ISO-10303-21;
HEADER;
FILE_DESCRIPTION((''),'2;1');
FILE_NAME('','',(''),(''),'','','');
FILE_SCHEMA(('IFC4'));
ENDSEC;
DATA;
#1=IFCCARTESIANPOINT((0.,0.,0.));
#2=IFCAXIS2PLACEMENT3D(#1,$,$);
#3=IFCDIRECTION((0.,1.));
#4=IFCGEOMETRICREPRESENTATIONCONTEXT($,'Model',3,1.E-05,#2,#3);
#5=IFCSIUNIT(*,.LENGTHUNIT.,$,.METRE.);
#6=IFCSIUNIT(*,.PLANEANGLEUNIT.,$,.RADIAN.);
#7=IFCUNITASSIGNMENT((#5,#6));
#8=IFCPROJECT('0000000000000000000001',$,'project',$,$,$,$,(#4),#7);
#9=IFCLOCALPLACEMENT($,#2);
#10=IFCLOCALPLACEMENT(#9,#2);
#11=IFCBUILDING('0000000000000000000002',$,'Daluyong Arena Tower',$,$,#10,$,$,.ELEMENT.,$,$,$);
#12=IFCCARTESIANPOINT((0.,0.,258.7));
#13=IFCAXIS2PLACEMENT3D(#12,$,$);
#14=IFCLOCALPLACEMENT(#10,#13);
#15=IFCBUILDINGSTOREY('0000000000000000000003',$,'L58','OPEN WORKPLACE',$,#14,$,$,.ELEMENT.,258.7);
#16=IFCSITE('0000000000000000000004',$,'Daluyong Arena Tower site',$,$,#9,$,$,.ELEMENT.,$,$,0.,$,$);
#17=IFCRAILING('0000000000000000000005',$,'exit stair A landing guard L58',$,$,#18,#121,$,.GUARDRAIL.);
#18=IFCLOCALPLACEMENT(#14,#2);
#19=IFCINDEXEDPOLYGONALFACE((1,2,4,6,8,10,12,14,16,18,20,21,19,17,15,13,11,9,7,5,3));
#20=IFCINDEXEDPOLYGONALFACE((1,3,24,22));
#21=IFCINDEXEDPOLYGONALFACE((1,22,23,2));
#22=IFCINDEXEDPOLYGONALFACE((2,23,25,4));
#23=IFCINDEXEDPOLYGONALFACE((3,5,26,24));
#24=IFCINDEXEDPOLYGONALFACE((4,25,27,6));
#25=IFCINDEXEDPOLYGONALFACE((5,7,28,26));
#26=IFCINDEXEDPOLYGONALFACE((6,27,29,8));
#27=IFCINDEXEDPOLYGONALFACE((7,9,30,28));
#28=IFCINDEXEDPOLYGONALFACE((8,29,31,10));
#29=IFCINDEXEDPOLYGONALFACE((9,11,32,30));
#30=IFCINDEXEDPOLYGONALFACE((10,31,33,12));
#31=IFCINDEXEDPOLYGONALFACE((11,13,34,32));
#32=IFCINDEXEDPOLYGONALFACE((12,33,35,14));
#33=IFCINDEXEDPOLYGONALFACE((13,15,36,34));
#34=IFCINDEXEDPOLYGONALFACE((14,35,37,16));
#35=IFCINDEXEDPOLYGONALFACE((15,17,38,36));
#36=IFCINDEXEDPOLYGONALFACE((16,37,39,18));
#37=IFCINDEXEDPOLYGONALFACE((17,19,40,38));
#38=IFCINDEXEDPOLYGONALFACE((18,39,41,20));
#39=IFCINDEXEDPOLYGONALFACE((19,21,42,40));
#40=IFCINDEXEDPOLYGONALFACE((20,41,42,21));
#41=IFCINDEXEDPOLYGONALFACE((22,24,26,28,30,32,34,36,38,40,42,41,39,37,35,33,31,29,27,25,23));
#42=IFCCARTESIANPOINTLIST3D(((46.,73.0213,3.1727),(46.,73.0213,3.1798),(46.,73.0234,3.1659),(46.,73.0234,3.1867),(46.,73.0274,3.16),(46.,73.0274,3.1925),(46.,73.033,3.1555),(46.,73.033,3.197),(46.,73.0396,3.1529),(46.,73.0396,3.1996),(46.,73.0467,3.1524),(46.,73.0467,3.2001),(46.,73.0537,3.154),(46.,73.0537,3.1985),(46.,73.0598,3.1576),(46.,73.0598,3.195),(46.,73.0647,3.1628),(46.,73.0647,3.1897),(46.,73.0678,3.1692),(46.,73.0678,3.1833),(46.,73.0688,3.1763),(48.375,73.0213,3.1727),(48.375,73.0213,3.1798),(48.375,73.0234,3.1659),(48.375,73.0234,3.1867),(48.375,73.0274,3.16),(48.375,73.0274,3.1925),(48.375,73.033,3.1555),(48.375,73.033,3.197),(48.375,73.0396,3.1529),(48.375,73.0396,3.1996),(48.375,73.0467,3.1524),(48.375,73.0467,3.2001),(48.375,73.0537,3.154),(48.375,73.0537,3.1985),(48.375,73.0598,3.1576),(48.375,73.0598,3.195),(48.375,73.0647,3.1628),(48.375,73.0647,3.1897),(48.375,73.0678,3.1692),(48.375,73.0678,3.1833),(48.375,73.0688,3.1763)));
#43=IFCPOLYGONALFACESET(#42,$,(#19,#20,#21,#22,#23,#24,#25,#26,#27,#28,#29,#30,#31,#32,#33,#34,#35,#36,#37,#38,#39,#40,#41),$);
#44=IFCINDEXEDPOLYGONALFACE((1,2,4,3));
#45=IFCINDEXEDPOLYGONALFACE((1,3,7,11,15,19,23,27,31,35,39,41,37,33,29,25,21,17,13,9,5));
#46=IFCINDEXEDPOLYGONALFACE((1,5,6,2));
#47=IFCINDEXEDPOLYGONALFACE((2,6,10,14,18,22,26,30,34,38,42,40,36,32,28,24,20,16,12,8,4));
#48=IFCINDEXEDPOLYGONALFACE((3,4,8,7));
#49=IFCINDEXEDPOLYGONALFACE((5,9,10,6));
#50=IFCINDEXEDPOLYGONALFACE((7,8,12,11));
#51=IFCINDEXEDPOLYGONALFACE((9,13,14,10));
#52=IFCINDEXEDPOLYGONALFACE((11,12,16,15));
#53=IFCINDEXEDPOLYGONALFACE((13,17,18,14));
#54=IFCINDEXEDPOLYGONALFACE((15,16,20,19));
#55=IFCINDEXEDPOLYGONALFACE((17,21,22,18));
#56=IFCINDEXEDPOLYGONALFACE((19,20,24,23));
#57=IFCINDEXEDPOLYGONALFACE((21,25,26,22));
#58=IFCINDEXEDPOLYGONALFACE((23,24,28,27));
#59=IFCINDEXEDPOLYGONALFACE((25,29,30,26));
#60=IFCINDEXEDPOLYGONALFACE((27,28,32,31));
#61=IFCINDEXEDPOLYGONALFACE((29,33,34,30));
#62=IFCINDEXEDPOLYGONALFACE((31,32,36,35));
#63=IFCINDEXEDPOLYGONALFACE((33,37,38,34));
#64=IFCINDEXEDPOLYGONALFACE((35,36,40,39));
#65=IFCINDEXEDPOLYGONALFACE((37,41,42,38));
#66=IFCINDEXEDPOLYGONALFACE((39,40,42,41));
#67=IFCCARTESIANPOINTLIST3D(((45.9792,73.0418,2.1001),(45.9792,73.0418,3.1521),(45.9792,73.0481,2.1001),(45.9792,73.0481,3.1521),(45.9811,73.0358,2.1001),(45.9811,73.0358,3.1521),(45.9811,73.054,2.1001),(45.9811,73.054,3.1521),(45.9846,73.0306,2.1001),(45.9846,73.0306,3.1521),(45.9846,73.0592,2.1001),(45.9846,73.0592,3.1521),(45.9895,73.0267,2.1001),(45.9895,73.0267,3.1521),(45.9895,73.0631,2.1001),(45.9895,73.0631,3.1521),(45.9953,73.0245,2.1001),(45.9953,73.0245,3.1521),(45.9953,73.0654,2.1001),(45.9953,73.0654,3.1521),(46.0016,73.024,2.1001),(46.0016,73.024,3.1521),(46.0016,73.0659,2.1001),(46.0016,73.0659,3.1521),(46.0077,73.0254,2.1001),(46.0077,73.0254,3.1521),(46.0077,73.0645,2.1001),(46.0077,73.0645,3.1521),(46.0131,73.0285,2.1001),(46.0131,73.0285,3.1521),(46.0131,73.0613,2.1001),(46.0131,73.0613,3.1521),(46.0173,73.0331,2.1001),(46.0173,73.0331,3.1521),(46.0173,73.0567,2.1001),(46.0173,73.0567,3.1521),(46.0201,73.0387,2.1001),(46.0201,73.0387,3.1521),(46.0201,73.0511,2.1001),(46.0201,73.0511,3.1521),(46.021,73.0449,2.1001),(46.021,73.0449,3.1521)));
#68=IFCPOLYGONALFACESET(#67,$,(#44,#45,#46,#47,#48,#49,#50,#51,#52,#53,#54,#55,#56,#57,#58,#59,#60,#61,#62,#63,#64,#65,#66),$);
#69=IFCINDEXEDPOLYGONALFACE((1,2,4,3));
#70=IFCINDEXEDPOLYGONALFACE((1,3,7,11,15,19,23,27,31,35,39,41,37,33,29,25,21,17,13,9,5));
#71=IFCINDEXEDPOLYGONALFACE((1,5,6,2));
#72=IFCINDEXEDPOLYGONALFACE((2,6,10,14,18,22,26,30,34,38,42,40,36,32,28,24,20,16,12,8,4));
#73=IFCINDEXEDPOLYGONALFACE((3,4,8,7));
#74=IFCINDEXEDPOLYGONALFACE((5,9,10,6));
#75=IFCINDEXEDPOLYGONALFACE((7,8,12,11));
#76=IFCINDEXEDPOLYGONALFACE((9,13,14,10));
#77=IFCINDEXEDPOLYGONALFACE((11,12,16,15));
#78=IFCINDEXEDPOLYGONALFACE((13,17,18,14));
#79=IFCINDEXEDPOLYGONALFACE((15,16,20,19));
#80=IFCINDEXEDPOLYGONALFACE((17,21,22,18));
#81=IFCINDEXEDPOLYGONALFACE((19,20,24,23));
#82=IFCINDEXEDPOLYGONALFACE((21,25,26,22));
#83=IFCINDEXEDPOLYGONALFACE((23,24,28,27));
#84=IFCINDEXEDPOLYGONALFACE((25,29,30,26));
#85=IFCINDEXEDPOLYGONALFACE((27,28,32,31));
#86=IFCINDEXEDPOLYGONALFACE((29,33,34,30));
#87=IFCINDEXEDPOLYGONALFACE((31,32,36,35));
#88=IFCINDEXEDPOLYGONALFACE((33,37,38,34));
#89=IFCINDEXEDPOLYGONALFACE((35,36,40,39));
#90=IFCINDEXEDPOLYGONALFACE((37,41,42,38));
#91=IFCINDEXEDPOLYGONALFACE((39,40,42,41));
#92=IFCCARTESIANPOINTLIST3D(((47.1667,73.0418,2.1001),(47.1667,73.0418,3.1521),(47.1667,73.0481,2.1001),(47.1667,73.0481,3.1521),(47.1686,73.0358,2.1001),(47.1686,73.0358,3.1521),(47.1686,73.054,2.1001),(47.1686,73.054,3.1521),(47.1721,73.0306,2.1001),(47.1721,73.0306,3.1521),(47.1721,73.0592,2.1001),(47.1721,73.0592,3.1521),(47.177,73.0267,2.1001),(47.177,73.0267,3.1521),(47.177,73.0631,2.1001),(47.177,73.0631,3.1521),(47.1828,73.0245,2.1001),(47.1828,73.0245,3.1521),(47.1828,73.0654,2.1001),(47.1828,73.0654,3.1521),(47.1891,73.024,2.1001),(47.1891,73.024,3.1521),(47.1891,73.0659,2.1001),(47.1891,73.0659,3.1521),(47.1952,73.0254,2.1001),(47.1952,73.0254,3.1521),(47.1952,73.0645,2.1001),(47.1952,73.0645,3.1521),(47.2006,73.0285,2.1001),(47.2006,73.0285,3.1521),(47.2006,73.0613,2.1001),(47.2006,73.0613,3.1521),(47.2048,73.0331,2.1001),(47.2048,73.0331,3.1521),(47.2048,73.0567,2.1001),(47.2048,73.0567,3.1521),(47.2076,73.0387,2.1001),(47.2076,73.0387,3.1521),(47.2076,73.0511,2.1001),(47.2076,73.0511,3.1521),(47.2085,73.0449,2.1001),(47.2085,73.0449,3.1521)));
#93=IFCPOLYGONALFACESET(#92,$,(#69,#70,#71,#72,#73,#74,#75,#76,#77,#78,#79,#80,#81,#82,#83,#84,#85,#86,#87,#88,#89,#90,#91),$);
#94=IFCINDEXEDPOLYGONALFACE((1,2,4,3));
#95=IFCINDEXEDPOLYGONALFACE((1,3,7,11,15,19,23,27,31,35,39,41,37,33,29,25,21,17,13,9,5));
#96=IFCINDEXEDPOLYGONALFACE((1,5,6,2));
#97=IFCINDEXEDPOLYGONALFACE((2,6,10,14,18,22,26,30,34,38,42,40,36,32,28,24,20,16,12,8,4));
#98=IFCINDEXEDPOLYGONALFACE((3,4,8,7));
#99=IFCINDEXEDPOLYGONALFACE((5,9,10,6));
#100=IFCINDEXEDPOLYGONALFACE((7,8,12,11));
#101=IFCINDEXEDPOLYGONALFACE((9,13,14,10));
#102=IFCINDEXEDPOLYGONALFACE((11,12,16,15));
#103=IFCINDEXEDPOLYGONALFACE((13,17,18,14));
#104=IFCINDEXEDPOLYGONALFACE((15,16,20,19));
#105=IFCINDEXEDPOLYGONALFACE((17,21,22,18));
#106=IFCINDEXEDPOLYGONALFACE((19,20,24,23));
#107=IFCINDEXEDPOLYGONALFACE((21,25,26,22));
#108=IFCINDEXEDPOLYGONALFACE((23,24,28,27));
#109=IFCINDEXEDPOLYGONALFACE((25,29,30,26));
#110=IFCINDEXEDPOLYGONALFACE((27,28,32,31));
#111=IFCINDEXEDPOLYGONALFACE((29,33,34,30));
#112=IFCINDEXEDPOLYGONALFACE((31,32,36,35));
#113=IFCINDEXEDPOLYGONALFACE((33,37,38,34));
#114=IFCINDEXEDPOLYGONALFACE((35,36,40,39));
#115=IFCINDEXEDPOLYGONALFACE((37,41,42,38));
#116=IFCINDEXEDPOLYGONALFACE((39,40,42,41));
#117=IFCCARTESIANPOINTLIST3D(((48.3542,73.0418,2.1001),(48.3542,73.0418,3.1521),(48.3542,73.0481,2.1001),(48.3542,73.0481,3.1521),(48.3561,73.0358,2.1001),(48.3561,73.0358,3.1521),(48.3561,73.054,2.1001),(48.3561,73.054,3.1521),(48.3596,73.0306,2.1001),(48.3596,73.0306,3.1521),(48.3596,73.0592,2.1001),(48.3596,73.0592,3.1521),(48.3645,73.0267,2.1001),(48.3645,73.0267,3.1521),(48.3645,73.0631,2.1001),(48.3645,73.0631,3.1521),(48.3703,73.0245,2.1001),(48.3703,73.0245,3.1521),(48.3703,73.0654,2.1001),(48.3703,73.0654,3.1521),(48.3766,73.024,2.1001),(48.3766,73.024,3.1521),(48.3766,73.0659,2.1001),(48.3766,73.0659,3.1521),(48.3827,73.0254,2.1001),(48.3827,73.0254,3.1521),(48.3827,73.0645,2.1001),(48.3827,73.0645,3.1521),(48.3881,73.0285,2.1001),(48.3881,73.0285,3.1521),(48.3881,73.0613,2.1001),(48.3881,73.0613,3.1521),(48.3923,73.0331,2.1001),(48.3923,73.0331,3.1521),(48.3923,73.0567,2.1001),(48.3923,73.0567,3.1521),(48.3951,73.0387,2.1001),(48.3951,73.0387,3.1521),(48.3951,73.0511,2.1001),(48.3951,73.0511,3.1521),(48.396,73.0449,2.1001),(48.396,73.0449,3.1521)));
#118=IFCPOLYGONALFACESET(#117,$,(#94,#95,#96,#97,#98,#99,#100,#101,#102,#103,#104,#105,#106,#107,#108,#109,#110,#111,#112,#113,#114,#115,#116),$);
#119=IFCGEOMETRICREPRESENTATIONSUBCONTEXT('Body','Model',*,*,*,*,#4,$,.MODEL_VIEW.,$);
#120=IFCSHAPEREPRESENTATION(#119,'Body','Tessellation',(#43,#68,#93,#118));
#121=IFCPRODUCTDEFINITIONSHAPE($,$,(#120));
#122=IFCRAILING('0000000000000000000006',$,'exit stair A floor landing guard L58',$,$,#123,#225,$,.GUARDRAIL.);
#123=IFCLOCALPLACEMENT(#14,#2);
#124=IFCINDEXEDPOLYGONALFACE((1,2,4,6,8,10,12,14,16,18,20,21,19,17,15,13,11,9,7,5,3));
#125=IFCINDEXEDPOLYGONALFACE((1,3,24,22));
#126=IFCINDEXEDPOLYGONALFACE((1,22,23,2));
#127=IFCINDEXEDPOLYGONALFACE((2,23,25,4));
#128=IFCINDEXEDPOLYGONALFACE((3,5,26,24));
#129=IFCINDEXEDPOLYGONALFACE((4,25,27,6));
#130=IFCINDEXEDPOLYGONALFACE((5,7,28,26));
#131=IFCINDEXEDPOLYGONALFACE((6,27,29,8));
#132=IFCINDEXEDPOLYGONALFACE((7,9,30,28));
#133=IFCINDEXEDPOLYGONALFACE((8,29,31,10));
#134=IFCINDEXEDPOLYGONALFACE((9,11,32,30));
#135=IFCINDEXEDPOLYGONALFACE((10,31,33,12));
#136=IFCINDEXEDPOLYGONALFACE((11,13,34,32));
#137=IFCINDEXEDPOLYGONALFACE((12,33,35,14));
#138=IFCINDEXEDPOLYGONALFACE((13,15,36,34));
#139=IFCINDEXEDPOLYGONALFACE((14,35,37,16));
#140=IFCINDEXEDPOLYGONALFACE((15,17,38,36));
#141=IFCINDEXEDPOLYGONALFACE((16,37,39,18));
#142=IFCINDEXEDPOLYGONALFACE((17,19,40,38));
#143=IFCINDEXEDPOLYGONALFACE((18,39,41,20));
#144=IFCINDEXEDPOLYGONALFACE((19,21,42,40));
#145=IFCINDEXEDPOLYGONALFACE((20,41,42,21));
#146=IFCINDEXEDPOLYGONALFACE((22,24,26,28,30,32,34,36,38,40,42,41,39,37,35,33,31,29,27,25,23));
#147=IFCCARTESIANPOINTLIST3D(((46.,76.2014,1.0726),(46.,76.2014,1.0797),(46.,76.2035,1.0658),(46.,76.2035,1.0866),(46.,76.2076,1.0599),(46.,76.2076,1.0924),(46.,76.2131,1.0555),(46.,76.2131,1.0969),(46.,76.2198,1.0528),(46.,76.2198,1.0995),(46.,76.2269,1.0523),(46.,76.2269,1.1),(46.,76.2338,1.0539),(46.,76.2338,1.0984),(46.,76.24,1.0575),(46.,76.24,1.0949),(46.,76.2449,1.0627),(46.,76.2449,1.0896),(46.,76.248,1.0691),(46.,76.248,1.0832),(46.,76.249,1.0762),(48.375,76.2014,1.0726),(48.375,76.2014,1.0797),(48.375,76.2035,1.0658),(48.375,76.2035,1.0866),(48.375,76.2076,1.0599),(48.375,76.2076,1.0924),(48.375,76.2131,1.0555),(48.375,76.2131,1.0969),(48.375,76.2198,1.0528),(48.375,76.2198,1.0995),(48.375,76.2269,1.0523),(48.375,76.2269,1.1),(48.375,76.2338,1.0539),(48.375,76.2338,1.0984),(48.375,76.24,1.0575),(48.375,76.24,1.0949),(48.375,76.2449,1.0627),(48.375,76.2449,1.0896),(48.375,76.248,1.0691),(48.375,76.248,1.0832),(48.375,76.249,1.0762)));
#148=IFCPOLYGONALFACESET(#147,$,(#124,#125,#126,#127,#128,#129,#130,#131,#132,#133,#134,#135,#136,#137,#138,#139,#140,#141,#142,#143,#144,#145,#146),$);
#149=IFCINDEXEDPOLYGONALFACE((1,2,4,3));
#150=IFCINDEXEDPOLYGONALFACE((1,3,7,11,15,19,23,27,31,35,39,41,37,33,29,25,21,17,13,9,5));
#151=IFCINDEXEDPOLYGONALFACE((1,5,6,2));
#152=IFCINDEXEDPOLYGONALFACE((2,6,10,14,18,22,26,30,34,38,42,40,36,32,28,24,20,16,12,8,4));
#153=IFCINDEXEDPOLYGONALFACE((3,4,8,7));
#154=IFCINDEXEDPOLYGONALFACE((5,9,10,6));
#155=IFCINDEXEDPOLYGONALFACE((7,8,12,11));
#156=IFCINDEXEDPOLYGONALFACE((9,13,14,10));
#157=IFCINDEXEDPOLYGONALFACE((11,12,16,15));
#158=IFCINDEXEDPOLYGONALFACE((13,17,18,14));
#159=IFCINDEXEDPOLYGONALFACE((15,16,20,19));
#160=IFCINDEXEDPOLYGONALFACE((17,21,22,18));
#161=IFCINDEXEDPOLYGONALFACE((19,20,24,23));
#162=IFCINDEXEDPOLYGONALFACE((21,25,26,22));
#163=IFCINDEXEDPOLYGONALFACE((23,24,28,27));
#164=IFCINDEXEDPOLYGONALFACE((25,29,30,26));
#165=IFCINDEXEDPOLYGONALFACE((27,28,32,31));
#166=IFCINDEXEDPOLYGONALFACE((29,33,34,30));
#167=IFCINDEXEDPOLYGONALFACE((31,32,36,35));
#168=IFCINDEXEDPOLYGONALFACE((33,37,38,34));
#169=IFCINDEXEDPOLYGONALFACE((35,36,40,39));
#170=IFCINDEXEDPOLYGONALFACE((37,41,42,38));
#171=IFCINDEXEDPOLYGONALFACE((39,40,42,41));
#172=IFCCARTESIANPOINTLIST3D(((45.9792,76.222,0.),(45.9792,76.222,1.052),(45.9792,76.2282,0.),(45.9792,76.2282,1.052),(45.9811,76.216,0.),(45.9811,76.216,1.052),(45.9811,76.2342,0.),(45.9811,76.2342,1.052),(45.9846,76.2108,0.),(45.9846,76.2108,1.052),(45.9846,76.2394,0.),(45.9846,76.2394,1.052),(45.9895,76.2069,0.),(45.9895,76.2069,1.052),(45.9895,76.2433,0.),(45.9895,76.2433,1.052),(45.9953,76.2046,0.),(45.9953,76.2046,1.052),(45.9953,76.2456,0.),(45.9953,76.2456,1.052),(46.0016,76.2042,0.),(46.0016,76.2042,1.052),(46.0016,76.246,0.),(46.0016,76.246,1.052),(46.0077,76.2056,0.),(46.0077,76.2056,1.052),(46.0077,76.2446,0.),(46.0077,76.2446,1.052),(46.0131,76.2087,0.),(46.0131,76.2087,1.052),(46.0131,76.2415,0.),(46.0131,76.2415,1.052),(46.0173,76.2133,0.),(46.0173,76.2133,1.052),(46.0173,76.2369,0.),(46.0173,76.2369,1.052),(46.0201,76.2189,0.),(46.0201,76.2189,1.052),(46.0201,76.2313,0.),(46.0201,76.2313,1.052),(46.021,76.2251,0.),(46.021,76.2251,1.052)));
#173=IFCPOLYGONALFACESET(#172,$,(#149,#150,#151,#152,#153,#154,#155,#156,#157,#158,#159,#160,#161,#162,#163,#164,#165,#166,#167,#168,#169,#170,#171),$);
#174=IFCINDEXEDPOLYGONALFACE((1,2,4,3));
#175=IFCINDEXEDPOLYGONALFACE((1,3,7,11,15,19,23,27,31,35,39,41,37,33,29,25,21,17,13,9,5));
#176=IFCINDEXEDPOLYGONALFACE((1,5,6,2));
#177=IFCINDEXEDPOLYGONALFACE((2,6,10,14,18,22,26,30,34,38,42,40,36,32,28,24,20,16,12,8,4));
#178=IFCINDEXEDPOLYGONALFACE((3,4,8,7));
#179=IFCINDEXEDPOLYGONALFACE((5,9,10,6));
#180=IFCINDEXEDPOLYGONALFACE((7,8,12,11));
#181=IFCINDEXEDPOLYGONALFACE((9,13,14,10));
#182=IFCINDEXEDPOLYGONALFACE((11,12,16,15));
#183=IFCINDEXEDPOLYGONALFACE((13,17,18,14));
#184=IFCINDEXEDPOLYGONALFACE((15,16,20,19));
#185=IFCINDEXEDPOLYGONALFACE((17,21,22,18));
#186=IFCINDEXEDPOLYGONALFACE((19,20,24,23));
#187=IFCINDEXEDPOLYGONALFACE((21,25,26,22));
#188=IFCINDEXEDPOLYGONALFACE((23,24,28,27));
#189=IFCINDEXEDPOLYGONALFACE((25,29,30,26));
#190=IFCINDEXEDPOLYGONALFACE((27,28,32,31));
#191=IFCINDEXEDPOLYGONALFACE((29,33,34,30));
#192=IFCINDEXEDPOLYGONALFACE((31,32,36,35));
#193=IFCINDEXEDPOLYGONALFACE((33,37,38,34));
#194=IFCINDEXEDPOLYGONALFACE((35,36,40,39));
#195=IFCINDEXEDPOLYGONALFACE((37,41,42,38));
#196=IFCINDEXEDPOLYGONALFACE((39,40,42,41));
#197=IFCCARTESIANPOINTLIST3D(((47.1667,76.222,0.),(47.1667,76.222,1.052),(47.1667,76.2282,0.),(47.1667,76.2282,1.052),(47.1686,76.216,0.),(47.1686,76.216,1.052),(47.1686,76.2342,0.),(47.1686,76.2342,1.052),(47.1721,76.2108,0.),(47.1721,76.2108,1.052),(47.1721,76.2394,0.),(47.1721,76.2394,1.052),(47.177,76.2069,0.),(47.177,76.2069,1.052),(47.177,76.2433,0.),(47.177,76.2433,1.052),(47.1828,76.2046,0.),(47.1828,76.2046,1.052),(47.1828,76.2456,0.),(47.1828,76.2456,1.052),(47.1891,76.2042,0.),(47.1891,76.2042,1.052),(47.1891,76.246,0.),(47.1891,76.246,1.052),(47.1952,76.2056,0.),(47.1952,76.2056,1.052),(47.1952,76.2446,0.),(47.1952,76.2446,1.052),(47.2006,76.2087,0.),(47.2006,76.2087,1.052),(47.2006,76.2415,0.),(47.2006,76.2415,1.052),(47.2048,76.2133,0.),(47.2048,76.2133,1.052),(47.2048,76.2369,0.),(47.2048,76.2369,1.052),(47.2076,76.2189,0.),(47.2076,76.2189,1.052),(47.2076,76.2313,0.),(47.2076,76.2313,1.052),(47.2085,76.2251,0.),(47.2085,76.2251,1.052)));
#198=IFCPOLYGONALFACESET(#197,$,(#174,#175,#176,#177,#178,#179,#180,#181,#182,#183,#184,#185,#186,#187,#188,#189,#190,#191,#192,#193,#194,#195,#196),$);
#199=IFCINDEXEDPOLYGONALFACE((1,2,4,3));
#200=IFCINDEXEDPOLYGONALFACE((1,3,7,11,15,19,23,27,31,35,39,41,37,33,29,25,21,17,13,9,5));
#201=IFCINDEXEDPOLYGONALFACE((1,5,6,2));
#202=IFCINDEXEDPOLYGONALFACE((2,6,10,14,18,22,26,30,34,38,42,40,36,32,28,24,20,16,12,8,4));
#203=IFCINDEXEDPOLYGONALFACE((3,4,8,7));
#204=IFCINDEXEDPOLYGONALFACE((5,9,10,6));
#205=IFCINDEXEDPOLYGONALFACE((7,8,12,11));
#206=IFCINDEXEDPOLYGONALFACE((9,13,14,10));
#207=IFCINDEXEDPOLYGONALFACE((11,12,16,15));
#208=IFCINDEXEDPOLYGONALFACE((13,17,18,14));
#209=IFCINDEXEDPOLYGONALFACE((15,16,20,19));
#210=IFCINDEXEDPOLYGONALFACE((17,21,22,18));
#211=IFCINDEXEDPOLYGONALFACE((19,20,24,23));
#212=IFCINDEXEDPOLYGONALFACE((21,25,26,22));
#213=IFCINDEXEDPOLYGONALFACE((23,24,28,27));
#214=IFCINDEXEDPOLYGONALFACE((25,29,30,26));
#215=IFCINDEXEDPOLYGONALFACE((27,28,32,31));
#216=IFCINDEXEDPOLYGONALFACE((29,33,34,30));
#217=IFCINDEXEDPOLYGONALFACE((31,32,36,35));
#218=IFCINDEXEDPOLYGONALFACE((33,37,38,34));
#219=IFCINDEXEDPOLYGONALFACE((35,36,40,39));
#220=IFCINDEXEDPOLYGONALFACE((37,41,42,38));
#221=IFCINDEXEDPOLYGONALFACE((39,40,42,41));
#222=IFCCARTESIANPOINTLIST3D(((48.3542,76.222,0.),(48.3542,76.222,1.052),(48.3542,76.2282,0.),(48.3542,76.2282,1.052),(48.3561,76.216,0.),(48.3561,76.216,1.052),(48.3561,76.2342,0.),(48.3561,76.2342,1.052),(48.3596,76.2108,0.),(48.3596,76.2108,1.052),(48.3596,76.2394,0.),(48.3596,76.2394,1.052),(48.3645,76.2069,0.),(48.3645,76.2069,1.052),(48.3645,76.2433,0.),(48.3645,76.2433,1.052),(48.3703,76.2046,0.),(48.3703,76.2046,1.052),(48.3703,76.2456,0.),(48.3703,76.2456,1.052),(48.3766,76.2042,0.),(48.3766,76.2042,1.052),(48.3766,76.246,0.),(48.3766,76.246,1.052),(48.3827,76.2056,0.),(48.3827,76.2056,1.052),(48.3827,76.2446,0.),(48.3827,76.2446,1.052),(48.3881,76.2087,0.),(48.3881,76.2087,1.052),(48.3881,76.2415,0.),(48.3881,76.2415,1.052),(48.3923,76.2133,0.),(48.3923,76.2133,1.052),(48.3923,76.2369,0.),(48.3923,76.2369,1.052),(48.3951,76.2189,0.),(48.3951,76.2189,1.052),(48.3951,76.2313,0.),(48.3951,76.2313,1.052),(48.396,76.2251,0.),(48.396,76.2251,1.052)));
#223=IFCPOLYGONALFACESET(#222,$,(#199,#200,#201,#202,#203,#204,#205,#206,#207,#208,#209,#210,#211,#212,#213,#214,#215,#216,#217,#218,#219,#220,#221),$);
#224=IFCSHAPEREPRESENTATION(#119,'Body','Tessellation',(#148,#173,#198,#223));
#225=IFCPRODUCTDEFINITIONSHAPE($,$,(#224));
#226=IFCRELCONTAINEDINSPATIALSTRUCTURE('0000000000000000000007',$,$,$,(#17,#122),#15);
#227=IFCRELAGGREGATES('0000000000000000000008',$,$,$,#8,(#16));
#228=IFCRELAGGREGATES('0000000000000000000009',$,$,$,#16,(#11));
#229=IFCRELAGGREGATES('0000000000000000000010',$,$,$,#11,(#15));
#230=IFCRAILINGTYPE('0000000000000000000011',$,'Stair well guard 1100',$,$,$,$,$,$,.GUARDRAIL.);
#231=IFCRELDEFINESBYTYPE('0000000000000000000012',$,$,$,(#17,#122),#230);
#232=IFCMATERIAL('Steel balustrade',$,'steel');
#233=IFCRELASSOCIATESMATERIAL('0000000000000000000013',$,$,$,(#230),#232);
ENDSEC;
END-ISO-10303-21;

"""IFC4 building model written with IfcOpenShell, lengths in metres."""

from ifc_helpers import new_model, si_unit, direction, frame, origin, origin_2d, place, context, subcontext, project, spatial, circle, extrude, material, type_object, element, save


model = new_model("IFC4")

# Units and contexts
model_context = context("Model", 3, precision=1e-05, world=origin(), true_north=direction((0.0, 1.0)))
body_context = subcontext(model_context, "Body", "Model", "MODEL_VIEW")
ifc_project = project(units=[si_unit("LENGTHUNIT", "METRE"), si_unit("PLANEANGLEUNIT", "RADIAN")], contexts=[model_context])

# Site, building, storey
site_placement = place(None, origin())
site = spatial("IfcSite", under=ifc_project, at=site_placement, Name="Daluyong Arena Tower site", CompositionType="ELEMENT", RefElevation=0.0)
building_placement = place(site_placement, origin())
building = spatial("IfcBuilding", under=site, at=building_placement, Name="Daluyong Arena Tower", CompositionType="ELEMENT")
storey_placement = place(building_placement, frame((0.0, 0.0, 258.7)))
storey = spatial("IfcBuildingStorey", under=building, at=storey_placement, Name="L58", Description="OPEN WORKPLACE", CompositionType="ELEMENT", Elevation=258.7)

# Railings
ifc_material_1 = material(Name="Steel balustrade", Category="steel")
railing_type_1 = type_object("IfcRailingType", Name="Stair well guard 1100", PredefinedType="GUARDRAIL", material=ifc_material_1)
for number, where, name in (
    (1, (46.0, 73.0449, 2.1001), "exit stair A landing guard L58"),
    (2, (46.0, 76.2251, 0.0), "exit stair A floor landing guard L58"),
):
    element("IfcRailing", number, at=place(storey_placement, frame(where)), inside=storey, type_object=railing_type_1, Name=name, PredefinedType="GUARDRAIL", context=body_context, shape_type="SweptSolid", body=[
        extrude(circle(Radius=0.0239, at=origin_2d()), frame((0.0, 0.0, 1.0762), z_axis=(1.0, 0.0, 0.0), x_axis=(0.0, 1.0, 0.0)), (0.0, 0.0, 1.0), 2.375),
        extrude(circle(Radius=0.021, at=origin_2d()), origin(), (0.0, 0.0, 1.0), 1.052),
        extrude(circle(Radius=0.021, at=origin_2d()), frame((1.1875, 0.0, 0.0)), (0.0, 0.0, 1.0), 1.052),
        extrude(circle(Radius=0.021, at=origin_2d()), frame((2.375, 0.0, 0.0)), (0.0, 0.0, 1.0), 1.052),
    ])

save(model, "model.ifc")
